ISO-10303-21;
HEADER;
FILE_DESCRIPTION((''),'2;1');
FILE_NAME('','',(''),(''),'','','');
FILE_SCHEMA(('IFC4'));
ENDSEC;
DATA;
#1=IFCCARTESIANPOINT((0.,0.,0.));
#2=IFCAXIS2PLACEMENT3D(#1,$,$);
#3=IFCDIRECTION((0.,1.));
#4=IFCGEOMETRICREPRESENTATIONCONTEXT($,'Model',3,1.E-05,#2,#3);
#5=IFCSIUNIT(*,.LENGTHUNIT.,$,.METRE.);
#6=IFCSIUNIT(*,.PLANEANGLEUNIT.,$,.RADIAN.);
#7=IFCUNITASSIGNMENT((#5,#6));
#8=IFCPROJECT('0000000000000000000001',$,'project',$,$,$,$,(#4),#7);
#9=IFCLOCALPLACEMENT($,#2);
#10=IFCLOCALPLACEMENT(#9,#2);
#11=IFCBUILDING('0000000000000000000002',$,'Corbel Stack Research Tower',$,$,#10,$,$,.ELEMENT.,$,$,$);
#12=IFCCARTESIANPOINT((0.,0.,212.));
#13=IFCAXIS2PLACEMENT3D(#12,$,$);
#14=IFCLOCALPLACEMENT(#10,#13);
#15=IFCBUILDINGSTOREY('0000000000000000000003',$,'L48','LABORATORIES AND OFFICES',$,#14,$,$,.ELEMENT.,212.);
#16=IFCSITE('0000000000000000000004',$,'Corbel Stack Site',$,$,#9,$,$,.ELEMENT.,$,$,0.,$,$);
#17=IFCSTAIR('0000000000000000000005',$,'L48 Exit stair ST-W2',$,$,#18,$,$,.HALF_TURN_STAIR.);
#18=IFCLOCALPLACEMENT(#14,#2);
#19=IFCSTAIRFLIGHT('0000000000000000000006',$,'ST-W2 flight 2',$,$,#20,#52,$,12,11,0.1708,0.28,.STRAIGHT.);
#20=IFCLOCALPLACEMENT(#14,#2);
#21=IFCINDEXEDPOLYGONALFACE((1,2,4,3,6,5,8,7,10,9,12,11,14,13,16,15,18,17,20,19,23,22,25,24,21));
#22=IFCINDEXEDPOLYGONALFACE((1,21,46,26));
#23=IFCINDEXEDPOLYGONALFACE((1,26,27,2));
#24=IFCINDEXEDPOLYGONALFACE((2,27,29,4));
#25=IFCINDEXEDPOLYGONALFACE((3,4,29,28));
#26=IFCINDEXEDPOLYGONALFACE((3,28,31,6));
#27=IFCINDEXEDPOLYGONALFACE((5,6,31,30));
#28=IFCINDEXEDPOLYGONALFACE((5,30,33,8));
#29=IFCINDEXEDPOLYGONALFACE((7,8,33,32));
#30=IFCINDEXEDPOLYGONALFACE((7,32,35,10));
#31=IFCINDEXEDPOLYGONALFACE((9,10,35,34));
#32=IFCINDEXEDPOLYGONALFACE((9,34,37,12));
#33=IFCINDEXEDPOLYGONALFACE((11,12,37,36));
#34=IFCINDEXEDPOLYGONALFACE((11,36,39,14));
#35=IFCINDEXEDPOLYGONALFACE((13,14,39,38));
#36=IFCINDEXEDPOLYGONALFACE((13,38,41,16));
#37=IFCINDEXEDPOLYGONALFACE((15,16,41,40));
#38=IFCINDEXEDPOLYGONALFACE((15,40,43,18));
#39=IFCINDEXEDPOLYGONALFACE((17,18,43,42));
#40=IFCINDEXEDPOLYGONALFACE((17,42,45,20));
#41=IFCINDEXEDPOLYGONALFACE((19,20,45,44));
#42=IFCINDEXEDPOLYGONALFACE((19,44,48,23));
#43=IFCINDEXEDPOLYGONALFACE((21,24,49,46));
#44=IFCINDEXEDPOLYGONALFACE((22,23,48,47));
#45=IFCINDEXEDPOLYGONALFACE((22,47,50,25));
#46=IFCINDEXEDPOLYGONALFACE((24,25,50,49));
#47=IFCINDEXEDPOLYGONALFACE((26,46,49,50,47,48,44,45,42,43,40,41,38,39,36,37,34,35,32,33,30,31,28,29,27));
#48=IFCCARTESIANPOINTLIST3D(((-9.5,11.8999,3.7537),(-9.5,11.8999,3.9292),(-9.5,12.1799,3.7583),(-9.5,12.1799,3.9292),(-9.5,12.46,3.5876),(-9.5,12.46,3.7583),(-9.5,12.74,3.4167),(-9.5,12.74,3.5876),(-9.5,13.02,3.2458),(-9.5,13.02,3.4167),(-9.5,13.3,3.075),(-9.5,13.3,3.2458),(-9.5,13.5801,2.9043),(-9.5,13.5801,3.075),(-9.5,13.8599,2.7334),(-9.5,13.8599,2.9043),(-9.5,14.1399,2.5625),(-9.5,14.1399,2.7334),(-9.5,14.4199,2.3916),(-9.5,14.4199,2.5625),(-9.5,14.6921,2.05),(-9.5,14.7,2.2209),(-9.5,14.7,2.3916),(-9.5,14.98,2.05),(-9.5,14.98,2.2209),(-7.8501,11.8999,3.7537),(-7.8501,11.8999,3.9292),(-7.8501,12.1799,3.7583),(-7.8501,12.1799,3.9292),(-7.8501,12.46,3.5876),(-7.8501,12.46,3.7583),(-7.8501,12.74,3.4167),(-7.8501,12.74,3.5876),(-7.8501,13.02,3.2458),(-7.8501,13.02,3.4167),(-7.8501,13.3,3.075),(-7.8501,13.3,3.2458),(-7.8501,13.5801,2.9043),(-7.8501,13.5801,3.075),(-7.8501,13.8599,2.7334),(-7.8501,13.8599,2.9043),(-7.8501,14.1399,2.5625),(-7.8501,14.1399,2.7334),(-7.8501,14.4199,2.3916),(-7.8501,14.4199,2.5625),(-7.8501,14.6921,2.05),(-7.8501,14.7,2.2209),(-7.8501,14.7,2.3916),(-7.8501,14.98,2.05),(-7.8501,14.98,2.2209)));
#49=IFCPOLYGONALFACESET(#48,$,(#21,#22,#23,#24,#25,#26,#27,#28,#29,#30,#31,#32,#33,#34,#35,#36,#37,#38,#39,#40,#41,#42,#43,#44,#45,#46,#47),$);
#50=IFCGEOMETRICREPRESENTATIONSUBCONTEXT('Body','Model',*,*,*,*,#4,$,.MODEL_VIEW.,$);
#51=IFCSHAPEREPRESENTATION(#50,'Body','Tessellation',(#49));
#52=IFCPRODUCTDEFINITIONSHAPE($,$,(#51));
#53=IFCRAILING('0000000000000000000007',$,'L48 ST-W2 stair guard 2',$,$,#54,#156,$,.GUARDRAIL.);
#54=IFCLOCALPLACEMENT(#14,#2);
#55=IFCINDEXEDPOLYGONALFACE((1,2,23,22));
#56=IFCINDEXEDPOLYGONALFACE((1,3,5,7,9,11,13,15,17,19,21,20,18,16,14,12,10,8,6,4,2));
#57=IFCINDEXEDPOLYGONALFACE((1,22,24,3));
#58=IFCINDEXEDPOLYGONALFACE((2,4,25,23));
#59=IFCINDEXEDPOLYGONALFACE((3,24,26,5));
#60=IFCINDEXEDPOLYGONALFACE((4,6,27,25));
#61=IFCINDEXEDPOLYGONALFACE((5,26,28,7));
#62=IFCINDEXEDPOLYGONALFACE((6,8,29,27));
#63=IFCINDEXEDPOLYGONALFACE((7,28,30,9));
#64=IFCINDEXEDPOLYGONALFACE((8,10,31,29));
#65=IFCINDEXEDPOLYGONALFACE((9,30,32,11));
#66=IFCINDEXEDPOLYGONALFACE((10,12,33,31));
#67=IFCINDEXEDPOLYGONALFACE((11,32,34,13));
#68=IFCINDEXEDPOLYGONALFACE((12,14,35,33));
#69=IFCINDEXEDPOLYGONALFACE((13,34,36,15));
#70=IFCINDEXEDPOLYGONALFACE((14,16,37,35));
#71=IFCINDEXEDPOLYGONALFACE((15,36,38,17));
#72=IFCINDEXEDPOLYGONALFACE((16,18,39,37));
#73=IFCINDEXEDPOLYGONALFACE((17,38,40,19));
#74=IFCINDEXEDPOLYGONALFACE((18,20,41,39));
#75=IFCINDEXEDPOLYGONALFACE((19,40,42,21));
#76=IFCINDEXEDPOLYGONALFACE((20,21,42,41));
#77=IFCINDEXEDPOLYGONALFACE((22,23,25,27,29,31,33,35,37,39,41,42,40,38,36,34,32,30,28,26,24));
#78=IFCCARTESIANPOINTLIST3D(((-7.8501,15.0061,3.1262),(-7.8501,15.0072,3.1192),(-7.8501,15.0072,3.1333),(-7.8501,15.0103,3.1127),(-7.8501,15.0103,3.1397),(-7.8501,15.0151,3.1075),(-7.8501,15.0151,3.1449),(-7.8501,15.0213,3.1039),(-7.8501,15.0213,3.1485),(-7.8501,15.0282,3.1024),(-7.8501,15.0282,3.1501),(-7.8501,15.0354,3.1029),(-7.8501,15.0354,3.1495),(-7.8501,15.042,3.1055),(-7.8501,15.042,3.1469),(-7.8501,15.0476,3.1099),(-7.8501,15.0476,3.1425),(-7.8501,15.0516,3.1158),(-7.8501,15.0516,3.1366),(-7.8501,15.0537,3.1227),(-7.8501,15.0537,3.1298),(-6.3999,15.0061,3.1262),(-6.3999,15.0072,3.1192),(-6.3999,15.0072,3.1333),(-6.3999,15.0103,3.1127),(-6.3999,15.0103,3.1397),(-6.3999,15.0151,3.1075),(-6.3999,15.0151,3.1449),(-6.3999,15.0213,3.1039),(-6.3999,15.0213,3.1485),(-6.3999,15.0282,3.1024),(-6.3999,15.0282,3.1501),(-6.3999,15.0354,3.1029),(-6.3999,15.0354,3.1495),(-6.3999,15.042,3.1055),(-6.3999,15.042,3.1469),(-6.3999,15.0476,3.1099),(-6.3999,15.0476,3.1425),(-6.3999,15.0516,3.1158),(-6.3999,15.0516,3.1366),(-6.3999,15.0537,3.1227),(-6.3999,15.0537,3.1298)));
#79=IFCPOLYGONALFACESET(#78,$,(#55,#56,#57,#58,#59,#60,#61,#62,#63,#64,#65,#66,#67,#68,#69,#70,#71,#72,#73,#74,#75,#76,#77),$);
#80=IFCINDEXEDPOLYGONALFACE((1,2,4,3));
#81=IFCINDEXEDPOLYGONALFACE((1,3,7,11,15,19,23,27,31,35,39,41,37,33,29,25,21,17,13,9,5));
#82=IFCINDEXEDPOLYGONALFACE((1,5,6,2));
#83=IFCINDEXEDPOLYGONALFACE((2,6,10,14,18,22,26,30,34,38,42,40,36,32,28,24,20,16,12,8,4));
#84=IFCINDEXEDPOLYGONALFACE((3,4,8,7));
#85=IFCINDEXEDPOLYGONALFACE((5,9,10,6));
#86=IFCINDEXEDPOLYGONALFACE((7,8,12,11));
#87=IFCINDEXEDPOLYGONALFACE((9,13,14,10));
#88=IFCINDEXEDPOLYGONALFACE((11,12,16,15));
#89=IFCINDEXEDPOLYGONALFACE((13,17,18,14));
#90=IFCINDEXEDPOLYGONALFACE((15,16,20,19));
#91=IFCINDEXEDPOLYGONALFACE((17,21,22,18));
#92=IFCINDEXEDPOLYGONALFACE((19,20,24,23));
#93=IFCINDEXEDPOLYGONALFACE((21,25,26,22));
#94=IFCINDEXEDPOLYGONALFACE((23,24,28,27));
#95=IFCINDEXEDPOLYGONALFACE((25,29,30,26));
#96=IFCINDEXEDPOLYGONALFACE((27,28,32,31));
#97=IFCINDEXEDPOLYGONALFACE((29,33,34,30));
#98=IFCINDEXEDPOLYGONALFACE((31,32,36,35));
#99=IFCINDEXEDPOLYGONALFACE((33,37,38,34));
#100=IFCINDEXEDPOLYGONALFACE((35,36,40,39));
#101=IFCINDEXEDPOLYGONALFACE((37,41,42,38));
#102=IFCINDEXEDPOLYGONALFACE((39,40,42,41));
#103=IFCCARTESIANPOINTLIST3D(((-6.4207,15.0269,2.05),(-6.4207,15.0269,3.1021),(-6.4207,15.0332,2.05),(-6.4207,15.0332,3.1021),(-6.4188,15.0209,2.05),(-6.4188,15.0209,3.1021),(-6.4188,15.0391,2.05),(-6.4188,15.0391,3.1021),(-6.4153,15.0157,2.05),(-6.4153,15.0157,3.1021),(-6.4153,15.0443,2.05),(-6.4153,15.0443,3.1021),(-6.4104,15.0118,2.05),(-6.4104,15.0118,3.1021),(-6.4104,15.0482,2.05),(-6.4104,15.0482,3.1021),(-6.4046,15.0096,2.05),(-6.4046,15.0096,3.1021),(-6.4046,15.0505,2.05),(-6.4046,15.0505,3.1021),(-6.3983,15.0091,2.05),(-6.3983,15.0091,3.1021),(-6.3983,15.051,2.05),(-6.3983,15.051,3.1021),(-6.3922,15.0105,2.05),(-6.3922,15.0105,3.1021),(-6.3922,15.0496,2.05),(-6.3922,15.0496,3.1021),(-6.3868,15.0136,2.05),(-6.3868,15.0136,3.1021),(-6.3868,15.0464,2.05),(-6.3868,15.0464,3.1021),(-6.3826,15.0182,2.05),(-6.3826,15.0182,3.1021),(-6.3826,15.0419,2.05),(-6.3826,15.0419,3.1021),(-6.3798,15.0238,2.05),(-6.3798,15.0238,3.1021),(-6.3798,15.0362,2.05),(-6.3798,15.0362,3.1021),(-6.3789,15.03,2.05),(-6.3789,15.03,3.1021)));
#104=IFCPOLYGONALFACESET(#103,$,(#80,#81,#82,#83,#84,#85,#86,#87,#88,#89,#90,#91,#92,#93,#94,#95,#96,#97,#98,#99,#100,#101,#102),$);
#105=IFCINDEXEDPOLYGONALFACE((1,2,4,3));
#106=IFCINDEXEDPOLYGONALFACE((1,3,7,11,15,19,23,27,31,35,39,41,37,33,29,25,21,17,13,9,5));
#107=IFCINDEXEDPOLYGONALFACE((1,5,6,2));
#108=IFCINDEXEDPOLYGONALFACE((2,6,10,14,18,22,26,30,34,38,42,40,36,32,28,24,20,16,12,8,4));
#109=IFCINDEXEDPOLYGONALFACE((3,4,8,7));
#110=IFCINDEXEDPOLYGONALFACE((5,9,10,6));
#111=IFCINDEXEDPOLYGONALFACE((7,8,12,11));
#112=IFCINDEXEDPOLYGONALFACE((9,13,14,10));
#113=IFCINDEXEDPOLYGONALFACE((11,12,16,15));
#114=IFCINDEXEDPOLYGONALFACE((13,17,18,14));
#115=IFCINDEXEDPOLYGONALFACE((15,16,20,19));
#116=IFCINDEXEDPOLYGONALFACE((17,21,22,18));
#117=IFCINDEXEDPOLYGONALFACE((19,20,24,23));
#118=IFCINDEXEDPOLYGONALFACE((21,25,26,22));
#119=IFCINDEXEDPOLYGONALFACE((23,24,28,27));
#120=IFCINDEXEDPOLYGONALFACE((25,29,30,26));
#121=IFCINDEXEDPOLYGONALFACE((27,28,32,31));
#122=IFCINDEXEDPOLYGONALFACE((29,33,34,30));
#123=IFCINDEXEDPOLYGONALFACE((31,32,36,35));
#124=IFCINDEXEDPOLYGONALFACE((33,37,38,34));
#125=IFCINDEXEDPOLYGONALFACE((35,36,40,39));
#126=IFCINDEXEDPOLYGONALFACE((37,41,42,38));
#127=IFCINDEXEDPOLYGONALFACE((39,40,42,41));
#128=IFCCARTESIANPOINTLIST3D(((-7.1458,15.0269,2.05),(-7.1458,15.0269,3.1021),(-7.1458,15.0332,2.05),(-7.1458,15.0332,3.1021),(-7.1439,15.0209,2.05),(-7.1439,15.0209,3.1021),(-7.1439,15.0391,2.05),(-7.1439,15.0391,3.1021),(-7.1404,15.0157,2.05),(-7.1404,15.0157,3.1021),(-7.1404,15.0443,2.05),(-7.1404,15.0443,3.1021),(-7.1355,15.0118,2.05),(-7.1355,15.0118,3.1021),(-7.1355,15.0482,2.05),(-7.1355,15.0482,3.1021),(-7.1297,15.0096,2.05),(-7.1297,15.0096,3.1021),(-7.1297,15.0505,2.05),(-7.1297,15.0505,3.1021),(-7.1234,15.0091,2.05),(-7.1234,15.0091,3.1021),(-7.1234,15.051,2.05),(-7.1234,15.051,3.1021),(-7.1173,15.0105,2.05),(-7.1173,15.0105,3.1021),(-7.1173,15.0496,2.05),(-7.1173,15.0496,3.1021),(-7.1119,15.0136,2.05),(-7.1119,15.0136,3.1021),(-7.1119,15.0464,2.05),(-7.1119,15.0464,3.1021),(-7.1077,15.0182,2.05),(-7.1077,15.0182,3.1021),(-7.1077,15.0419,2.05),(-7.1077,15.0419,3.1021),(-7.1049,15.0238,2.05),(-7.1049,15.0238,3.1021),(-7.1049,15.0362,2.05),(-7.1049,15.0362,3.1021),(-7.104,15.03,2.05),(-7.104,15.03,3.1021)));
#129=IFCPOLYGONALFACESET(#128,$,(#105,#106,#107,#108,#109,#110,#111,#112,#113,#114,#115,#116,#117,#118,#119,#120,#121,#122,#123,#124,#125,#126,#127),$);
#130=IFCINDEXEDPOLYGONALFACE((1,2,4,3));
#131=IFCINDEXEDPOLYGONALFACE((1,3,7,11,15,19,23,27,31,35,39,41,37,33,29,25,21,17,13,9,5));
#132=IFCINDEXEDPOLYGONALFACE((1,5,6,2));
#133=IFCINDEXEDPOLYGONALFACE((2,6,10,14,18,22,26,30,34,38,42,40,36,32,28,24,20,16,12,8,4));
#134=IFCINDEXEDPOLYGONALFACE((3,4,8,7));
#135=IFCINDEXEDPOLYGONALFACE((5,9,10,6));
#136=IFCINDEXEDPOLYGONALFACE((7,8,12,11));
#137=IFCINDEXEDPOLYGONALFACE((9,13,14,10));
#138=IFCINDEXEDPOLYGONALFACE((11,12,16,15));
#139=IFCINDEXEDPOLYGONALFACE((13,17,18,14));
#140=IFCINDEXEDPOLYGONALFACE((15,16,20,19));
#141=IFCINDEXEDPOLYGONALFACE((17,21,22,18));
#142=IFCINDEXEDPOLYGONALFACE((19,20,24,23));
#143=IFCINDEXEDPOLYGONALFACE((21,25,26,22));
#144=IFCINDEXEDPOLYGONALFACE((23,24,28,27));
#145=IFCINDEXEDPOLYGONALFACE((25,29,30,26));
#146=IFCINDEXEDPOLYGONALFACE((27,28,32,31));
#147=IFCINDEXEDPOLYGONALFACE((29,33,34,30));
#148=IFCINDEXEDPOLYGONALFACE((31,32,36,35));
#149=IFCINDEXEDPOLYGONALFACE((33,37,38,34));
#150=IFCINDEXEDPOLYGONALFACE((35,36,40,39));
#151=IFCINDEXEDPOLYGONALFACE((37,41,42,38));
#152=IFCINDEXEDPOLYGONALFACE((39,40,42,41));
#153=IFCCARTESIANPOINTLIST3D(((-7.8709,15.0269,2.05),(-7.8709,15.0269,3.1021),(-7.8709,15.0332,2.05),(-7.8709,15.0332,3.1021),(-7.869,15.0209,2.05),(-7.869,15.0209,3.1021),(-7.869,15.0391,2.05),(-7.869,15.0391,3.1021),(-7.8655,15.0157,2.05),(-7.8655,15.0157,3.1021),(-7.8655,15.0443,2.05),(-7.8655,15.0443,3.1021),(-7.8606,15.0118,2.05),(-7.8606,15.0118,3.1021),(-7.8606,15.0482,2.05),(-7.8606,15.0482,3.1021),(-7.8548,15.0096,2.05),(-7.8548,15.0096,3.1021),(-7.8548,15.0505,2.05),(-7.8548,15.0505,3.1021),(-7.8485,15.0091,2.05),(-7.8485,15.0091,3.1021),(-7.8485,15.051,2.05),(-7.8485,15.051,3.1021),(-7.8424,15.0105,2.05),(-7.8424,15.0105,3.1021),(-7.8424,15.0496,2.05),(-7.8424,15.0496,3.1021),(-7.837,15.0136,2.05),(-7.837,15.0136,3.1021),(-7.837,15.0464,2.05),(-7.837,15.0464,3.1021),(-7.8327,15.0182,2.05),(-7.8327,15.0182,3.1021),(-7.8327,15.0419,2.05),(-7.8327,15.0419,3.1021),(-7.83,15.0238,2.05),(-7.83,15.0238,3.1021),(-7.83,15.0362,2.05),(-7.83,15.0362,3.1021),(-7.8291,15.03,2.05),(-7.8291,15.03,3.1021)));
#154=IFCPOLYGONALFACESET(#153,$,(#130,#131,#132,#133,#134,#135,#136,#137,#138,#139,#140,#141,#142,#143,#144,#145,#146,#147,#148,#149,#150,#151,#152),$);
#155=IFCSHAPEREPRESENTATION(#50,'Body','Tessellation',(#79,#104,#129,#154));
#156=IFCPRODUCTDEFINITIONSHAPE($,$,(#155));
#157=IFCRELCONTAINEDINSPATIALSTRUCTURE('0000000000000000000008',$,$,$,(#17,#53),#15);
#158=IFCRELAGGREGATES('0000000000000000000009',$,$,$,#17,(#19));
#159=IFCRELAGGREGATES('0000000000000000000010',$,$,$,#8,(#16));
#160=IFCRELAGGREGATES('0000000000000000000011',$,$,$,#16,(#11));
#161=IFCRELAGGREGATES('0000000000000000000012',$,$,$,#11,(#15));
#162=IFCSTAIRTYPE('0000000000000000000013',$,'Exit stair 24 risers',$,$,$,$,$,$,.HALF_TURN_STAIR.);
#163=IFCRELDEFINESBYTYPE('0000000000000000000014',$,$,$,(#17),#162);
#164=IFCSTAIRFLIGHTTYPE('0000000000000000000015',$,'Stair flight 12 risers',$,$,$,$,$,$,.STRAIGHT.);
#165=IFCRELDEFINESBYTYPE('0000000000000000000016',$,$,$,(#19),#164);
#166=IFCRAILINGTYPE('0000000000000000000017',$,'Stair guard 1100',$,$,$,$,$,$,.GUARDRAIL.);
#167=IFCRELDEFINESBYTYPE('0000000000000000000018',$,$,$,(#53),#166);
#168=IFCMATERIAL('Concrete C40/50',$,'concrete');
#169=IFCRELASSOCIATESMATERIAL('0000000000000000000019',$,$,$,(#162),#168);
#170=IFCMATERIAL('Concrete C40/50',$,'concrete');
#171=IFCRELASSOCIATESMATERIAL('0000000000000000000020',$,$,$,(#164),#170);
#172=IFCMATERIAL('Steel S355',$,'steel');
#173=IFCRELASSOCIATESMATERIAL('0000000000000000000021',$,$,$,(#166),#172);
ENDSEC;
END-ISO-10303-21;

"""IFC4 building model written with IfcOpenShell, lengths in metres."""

from ifc_helpers import new_model, si_unit, direction, frame, origin, origin_2d, place, context, subcontext, project, spatial, polyline, circle, outline, extrude, material, type_object, element, aggregate, save


model = new_model("IFC4")

# Units and contexts
model_context = context("Model", 3, precision=1e-05, world=origin(), true_north=direction((0.0, 1.0)))
body_context = subcontext(model_context, "Body", "Model", "MODEL_VIEW")
ifc_project = project(units=[si_unit("LENGTHUNIT", "METRE"), si_unit("PLANEANGLEUNIT", "RADIAN")], contexts=[model_context])

# Site, building, storey
site_placement = place(None, origin())
site = spatial("IfcSite", under=ifc_project, at=site_placement, Name="Corbel Stack Site", CompositionType="ELEMENT", RefElevation=0.0)
building_placement = place(site_placement, origin())
building = spatial("IfcBuilding", under=site, at=building_placement, Name="Corbel Stack Research Tower", CompositionType="ELEMENT")
storey_placement = place(building_placement, frame((0.0, 0.0, 212.0)))
storey = spatial("IfcBuildingStorey", under=building, at=storey_placement, Name="L48", Description="LABORATORIES AND OFFICES", CompositionType="ELEMENT", Elevation=212.0)

# Stair, stair flight
ifc_material_1 = material(Name="Concrete C40/50", Category="concrete")
stair_type = type_object("IfcStairType", Name="Exit stair 24 risers", PredefinedType="HALF_TURN_STAIR", material=ifc_material_1)
stair_placement = place(storey_placement, origin())
stair = element("IfcStair", 1, at=stair_placement, inside=storey, type_object=stair_type, Name="L48 Exit stair ST-W2", PredefinedType="HALF_TURN_STAIR")
ifc_material_2 = material(Name="Concrete C40/50", Category="concrete")
stair_flight_type = type_object("IfcStairFlightType", Name="Stair flight 12 risers", PredefinedType="STRAIGHT", material=ifc_material_2)
stair_flight_placement = place(storey_placement, frame((-8.675, 14.98, 2.05), z_axis=(0.0, 0.0, 1.0), x_axis=(0.0, -1.0, 0.0)))
stair_flight = element("IfcStairFlight", 2, at=stair_flight_placement, type_object=stair_flight_type, Name="ST-W2 flight 2", NumberOfRisers=12, NumberOfTreads=11, PredefinedType="STRAIGHT", RiserHeight=0.1708, TreadLength=0.28, context=body_context, shape_type="SweptSolid", body=[
    extrude(outline(polyline([(0.0, 0.0), (0.0, 0.1709), (0.28, 0.1709), (0.28, 0.3416), (0.5601, 0.3416), (0.5601, 0.5125), (0.8401, 0.5125), (0.8401, 0.6833), (1.1201, 0.6833), (1.1201, 0.8542), (1.3999, 0.8542), (1.3999, 1.0249), (1.6799, 1.0249), (1.6799, 1.1958), (1.96, 1.1958), (1.96, 1.3667), (2.24, 1.3667), (2.24, 1.5376), (2.52, 1.5376), (2.52, 1.7083), (2.8, 1.7083), (2.8, 1.8792), (3.0801, 1.8792), (3.0801, 2.05), (3.0801, 1.7036), (0.2878, 0.0), (0.0, 0.0)])), frame((0.0, 0.825, 0.0), z_axis=(0.0, -1.0, 0.0), x_axis=(1.0, 0.0, 0.0)), (0.0, 0.0, 1.0), 1.6499),
])
aggregate(stair, [stair_flight])

# Railing
ifc_material_3 = material(Name="Steel S355", Category="steel")
railing_type_1 = type_object("IfcRailingType", Name="Stair guard 1100", PredefinedType="GUARDRAIL", material=ifc_material_3)
railing_1_placement = place(storey_placement, frame((-6.3999, 15.03, 2.05)))
element("IfcRailing", 3, at=railing_1_placement, inside=storey, type_object=railing_type_1, Name="L48 ST-W2 stair guard 2", PredefinedType="GUARDRAIL", context=body_context, shape_type="SweptSolid", body=[
    extrude(circle(Radius=0.0239, at=origin_2d()), frame((0.0, 0.0, 1.0762), z_axis=(-1.0, 0.0, 0.0), x_axis=(0.0, -1.0, 0.0)), (0.0, 0.0, 1.0), 1.4502),
    extrude(circle(Radius=0.021, at=origin_2d()), origin(), (0.0, 0.0, 1.0), 1.052),
    extrude(circle(Radius=0.021, at=origin_2d()), frame((-0.7251, 0.0, 0.0)), (0.0, 0.0, 1.0), 1.052),
    extrude(circle(Radius=0.021, at=origin_2d()), frame((-1.4502, 0.0, 0.0)), (0.0, 0.0, 1.0), 1.052),
])

save(model, "model.ifc")
